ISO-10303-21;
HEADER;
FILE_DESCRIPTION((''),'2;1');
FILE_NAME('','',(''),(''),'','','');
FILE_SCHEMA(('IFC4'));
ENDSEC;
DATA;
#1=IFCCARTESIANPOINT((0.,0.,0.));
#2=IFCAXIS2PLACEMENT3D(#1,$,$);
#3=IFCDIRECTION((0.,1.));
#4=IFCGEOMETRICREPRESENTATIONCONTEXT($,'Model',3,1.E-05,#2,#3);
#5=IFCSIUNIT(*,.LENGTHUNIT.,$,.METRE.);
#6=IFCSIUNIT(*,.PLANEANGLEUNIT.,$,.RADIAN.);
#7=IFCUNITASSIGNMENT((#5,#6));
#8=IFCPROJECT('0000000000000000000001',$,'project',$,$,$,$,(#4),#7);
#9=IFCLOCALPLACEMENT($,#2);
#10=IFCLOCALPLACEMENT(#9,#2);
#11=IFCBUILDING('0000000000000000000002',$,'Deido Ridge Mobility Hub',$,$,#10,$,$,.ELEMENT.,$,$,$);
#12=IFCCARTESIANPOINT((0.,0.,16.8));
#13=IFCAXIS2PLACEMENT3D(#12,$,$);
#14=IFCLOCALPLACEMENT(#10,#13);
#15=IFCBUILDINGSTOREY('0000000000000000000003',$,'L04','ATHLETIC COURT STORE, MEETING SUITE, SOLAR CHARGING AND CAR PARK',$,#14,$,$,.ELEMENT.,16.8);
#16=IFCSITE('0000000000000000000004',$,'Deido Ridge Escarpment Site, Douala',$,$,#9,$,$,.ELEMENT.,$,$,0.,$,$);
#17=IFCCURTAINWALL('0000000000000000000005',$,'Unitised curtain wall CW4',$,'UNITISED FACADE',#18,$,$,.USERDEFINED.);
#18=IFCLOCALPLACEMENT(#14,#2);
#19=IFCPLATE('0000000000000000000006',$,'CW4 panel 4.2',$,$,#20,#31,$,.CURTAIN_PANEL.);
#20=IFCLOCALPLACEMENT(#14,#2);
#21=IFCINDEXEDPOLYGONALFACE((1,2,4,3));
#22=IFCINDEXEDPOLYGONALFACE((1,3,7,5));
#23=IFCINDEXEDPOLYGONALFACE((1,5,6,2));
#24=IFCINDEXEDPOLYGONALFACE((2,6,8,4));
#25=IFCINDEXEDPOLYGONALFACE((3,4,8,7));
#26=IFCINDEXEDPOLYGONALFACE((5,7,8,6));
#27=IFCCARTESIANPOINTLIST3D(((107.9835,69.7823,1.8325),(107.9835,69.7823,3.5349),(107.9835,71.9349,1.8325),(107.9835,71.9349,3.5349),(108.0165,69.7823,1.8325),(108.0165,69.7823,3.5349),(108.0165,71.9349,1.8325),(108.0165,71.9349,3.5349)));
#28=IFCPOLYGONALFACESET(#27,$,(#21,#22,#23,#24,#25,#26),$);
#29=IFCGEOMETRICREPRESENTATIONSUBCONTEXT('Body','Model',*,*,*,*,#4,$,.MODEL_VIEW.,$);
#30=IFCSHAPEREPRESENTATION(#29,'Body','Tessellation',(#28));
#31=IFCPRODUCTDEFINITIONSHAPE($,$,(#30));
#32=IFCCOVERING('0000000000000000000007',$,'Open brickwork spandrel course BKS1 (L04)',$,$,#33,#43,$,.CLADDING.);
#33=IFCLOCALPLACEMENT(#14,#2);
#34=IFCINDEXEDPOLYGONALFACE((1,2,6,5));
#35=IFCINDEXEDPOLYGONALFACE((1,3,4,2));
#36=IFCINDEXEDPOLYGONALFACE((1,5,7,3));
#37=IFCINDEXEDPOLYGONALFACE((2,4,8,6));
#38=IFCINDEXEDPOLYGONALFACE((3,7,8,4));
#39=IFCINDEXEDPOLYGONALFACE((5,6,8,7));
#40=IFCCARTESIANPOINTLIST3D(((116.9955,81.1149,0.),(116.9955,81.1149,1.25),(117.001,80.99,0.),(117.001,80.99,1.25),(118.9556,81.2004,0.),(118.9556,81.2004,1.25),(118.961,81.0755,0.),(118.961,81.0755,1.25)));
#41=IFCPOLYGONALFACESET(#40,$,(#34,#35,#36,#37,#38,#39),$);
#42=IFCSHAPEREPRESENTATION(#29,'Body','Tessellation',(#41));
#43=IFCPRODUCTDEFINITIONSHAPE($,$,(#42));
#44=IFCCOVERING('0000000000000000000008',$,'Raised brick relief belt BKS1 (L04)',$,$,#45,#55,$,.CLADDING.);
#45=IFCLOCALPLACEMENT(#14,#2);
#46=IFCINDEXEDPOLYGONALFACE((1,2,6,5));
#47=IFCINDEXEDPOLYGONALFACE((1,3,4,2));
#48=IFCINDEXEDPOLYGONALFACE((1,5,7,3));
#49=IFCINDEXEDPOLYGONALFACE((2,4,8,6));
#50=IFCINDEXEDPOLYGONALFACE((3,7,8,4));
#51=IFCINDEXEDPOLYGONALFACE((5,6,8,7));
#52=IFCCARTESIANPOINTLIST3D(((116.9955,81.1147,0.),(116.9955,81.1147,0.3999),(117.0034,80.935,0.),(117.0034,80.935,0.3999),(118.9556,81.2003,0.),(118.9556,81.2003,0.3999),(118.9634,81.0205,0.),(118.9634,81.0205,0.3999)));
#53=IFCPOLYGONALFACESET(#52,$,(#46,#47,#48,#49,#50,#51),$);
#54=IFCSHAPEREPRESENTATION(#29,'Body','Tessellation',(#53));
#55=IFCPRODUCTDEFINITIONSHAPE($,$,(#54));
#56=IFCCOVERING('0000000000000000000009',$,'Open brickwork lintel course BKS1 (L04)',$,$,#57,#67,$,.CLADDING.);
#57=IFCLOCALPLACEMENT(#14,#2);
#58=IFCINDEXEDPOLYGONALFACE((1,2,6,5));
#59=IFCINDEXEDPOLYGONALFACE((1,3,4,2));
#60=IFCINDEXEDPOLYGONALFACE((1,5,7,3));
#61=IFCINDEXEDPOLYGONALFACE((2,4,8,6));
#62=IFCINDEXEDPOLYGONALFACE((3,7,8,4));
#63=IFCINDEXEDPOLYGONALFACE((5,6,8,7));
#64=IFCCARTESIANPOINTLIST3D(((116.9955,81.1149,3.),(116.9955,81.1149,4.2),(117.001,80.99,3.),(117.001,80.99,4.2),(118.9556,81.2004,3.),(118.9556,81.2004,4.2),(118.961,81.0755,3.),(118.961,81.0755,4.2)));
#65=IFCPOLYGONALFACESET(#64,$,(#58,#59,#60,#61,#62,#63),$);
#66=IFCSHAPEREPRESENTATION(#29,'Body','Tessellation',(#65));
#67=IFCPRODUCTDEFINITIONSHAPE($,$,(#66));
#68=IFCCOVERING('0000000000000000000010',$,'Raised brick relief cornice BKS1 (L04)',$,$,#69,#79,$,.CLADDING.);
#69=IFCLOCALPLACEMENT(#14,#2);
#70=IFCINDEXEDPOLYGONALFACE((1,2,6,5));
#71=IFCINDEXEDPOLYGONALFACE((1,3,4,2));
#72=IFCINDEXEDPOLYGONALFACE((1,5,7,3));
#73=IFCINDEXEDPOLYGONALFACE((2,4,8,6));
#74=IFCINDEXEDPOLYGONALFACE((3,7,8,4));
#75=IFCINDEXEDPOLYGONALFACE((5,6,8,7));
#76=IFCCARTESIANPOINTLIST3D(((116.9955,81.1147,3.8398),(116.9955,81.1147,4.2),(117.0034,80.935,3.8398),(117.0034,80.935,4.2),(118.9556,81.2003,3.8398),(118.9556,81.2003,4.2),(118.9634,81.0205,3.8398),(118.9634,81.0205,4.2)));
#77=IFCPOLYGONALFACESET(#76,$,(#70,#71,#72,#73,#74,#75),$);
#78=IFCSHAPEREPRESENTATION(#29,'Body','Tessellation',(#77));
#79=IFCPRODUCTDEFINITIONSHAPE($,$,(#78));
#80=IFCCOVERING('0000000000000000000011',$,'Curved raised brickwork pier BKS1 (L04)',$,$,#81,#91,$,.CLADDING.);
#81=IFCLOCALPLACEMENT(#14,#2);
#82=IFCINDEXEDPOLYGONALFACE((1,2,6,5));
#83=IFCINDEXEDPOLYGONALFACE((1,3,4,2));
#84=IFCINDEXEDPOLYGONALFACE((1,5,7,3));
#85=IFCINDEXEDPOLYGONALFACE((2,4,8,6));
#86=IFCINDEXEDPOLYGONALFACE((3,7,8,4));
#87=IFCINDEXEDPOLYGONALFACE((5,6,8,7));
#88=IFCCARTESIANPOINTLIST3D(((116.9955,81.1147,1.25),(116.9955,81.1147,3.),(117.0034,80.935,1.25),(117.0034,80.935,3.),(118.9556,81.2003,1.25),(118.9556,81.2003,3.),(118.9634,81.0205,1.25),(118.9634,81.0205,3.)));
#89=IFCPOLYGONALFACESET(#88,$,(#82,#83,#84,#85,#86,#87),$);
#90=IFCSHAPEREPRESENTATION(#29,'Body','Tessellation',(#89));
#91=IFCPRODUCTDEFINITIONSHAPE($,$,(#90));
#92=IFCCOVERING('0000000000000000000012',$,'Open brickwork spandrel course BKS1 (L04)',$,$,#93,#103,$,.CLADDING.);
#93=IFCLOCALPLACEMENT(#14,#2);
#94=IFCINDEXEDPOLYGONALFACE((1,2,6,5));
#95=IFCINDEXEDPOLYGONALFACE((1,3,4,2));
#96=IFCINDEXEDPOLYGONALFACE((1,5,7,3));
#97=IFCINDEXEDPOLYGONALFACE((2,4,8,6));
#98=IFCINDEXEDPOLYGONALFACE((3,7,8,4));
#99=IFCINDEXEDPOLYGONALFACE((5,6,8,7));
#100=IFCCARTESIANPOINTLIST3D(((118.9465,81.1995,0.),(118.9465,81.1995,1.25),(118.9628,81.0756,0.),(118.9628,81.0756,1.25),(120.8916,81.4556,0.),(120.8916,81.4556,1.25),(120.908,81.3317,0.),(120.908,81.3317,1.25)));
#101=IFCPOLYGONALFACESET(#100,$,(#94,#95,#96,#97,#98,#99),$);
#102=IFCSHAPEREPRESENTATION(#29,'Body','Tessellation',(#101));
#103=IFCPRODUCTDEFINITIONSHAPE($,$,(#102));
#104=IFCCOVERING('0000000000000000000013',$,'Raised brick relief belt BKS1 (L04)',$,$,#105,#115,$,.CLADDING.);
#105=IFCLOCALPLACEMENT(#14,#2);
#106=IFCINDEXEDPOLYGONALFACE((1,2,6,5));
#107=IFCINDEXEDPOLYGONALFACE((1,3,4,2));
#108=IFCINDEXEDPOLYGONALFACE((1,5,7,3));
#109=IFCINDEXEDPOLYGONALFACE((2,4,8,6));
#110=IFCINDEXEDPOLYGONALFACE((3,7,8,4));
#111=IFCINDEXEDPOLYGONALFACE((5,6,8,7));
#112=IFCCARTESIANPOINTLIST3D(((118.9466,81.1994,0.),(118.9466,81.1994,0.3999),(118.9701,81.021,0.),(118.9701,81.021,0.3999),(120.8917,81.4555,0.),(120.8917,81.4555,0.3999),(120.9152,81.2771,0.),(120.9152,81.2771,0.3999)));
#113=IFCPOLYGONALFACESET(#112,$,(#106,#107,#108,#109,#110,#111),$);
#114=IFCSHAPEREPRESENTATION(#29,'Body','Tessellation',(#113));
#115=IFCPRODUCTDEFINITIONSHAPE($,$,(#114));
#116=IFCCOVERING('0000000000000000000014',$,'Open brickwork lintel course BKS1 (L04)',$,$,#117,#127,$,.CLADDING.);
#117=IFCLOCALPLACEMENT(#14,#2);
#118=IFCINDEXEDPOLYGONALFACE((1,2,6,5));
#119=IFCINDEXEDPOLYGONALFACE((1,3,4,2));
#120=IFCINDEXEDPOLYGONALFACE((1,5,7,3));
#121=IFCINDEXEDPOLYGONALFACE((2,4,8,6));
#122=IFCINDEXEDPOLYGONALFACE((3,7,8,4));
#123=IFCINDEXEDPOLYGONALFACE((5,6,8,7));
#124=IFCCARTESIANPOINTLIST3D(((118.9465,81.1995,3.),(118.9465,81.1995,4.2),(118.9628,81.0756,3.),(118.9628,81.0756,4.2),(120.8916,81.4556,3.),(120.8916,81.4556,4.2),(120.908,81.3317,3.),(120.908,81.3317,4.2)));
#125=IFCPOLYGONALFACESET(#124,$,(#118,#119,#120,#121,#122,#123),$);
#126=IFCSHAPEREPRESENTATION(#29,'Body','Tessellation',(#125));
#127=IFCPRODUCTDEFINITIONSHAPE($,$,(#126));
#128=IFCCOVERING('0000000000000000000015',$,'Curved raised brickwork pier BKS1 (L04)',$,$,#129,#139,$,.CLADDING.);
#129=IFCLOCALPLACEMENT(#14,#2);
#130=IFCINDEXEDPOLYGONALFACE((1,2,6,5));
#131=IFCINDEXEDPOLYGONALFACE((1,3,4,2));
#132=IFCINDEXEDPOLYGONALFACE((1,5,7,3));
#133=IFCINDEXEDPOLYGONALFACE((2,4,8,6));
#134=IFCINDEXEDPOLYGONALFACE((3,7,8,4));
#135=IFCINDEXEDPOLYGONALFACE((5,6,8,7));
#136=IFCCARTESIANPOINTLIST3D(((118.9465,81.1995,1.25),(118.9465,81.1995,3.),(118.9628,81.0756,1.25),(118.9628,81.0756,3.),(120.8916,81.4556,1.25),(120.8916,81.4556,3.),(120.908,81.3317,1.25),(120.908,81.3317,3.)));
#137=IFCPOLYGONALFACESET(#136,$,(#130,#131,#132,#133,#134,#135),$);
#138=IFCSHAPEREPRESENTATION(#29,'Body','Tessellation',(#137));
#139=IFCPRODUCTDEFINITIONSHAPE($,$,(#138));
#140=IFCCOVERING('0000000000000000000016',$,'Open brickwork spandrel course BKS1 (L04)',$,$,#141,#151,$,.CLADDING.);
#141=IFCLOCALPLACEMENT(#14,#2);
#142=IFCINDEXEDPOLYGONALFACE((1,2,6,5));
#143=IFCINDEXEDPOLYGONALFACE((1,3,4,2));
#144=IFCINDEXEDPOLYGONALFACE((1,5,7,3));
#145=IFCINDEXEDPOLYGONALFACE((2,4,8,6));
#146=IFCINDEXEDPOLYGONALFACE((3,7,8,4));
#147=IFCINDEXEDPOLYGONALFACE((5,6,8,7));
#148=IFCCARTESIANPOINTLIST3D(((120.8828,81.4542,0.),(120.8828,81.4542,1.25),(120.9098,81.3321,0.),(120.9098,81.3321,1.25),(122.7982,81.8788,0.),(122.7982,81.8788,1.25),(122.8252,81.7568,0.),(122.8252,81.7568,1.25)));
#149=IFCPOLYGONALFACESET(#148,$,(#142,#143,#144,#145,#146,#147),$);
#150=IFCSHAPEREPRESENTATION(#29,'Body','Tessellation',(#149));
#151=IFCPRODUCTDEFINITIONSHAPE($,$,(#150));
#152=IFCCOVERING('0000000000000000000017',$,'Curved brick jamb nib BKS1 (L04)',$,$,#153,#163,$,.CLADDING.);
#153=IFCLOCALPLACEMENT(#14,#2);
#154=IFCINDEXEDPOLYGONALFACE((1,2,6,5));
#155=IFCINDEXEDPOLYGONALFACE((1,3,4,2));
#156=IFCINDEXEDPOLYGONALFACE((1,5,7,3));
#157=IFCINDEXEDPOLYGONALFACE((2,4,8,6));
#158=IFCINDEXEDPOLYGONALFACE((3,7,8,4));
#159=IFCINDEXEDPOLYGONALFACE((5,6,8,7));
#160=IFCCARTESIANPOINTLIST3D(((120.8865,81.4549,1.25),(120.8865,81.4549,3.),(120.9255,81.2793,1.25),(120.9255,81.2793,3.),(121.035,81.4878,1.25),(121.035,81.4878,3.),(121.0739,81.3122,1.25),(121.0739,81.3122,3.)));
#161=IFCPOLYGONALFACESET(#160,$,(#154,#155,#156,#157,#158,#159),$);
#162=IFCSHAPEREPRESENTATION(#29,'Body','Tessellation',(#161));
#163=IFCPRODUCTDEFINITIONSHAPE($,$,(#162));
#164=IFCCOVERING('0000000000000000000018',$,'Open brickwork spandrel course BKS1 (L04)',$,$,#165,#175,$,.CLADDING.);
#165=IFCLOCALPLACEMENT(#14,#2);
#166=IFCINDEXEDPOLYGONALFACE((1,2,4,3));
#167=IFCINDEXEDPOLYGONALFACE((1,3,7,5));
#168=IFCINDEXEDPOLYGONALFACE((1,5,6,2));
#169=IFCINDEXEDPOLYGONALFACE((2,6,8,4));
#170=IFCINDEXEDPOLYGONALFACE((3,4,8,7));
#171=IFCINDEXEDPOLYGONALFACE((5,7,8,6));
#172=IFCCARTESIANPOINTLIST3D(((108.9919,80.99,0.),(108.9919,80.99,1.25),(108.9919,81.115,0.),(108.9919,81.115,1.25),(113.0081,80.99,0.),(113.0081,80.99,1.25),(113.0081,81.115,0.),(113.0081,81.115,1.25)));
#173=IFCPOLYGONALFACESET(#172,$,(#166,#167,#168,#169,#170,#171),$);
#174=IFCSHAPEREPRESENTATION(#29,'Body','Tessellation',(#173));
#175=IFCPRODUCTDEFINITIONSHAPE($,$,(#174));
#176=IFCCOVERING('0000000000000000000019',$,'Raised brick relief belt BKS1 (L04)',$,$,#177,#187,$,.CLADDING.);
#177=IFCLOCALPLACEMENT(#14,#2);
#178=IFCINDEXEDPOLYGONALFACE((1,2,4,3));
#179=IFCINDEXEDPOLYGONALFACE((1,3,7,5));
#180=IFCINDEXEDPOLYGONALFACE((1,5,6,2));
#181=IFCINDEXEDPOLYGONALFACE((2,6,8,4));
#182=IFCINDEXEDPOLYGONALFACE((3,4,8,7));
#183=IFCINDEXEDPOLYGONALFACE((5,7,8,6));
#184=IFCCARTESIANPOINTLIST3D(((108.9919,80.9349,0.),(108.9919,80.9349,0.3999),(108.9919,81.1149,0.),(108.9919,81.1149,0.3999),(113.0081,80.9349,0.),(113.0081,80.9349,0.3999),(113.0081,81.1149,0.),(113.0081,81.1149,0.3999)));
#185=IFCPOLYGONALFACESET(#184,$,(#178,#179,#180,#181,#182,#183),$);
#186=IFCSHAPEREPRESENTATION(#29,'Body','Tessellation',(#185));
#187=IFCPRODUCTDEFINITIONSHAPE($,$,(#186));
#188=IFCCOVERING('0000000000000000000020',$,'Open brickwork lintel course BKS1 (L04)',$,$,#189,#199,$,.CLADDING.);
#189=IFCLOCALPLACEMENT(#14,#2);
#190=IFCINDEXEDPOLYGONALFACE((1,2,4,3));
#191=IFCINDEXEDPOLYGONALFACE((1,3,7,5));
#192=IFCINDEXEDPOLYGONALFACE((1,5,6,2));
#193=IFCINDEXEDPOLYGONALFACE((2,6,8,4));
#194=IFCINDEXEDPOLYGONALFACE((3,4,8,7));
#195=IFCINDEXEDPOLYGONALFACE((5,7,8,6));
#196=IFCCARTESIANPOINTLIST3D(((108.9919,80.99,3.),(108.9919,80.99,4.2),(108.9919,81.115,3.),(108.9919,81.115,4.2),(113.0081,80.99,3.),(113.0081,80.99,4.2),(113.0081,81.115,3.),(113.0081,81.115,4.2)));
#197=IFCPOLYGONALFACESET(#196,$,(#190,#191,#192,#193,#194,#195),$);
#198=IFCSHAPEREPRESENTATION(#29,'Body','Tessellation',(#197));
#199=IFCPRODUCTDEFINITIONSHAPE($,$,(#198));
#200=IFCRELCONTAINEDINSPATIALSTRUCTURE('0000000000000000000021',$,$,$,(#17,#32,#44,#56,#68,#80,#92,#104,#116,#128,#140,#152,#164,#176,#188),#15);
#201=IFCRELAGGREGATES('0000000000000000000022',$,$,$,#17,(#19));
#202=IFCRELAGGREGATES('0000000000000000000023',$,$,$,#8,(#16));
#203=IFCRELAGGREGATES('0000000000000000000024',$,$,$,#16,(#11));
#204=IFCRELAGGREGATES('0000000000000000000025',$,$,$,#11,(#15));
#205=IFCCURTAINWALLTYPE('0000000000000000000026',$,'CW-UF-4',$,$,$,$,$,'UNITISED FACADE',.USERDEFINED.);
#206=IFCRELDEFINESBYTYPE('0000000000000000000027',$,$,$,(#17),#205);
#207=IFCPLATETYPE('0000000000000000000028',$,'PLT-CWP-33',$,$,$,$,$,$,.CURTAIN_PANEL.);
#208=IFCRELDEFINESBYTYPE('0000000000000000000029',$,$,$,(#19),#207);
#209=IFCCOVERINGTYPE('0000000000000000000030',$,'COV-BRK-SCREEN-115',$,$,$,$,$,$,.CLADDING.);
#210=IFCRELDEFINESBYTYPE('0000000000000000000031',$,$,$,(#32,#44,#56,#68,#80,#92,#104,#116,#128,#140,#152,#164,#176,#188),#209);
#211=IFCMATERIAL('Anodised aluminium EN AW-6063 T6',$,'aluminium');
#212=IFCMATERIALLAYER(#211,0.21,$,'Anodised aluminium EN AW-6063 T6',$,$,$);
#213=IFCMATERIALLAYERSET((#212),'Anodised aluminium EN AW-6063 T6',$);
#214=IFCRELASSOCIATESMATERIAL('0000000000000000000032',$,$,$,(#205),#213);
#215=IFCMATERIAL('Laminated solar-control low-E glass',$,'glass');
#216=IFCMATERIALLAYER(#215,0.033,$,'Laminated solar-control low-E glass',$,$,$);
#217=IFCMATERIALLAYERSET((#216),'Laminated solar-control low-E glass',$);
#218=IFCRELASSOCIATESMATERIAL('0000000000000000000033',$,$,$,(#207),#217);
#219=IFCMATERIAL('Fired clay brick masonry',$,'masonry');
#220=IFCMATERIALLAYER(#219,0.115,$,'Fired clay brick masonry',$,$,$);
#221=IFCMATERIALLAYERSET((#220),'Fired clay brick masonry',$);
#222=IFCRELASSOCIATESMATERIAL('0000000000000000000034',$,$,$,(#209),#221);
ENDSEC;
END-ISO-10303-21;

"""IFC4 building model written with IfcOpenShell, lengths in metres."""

from ifc_helpers import new_model, si_unit, direction, frame, origin, origin_2d, place, context, subcontext, project, spatial, rectangle, extrude, material, layer, layer_set, type_object, element, aggregate, save


model = new_model("IFC4")

# Units and contexts
model_context = context("Model", 3, precision=1e-05, world=origin(), true_north=direction((0.0, 1.0)))
body_context = subcontext(model_context, "Body", "Model", "MODEL_VIEW")
ifc_project = project(units=[si_unit("LENGTHUNIT", "METRE"), si_unit("PLANEANGLEUNIT", "RADIAN")], contexts=[model_context])

# Site, building, storey
site_placement = place(None, origin())
site = spatial("IfcSite", under=ifc_project, at=site_placement, Name="Deido Ridge Escarpment Site, Douala", CompositionType="ELEMENT", RefElevation=0.0)
building_placement = place(site_placement, origin())
building = spatial("IfcBuilding", under=site, at=building_placement, Name="Deido Ridge Mobility Hub", CompositionType="ELEMENT")
storey_placement = place(building_placement, frame((0.0, 0.0, 16.8)))
storey = spatial("IfcBuildingStorey", under=building, at=storey_placement, Name="L04", Description="ATHLETIC COURT STORE, MEETING SUITE, SOLAR CHARGING AND CAR PARK", CompositionType="ELEMENT", Elevation=16.8)

# Curtain wall, plate
ifc_material_1 = material(Name="Anodised aluminium EN AW-6063 T6", Category="aluminium")
ifc_layer_1 = layer(ifc_material_1, 0.21, Name="Anodised aluminium EN AW-6063 T6")
ifc_layer_set_1 = layer_set([ifc_layer_1], Name="Anodised aluminium EN AW-6063 T6")
curtain_wall_type = type_object("IfcCurtainWallType", Name="CW-UF-4", ElementType="UNITISED FACADE", PredefinedType="USERDEFINED", material=ifc_layer_set_1)
curtain_wall_placement = place(storey_placement, origin())
curtain_wall = element("IfcCurtainWall", 1, at=curtain_wall_placement, inside=storey, type_object=curtain_wall_type, Name="Unitised curtain wall CW4", ObjectType="UNITISED FACADE", PredefinedType="USERDEFINED")
ifc_material_2 = material(Name="Laminated solar-control low-E glass", Category="glass")
ifc_layer_2 = layer(ifc_material_2, 0.033, Name="Laminated solar-control low-E glass")
ifc_layer_set_2 = layer_set([ifc_layer_2], Name="Laminated solar-control low-E glass")
plate_type = type_object("IfcPlateType", Name="PLT-CWP-33", PredefinedType="CURTAIN_PANEL", material=ifc_layer_set_2)
plate_placement = place(storey_placement, frame((108.0, 70.8586, 1.8325), z_axis=(0.0, 0.0, 1.0), x_axis=(0.0, 1.0, 0.0)))
plate = element("IfcPlate", 2, at=plate_placement, type_object=plate_type, Name="CW4 panel 4.2", PredefinedType="CURTAIN_PANEL", context=body_context, shape_type="SweptSolid", body=[
    extrude(rectangle(XDim=2.1526, YDim=0.033, at=origin_2d()), origin(), (0.0, 0.0, 1.0), 1.7024),
])
aggregate(curtain_wall, [plate])

# Coverings
ifc_material_3 = material(Name="Fired clay brick masonry", Category="masonry")
ifc_layer_3 = layer(ifc_material_3, 0.115, Name="Fired clay brick masonry")
ifc_layer_set_3 = layer_set([ifc_layer_3], Name="Fired clay brick masonry")
covering_type = type_object("IfcCoveringType", Name="COV-BRK-SCREEN-115", PredefinedType="CLADDING", material=ifc_layer_set_3)
covering_1_placement = place(storey_placement, frame((117.9783, 81.0952, 0.0), z_axis=(0.0, 0.0, 1.0), x_axis=(0.999049, 0.043602, 0.0)))
element("IfcCovering", 3, at=covering_1_placement, inside=storey, type_object=covering_type, Name="Open brickwork spandrel course BKS1 (L04)", PredefinedType="CLADDING", context=body_context, shape_type="SweptSolid", body=[
    extrude(rectangle(XDim=1.9619, YDim=0.125, at=origin_2d()), origin(), (0.0, 0.0, 1.0), 1.25),
])
covering_2_placement = place(storey_placement, frame((117.9795, 81.0676, 0.0), z_axis=(0.0, 0.0, 1.0), x_axis=(0.999049, 0.043602, 0.0)))
element("IfcCovering", 4, at=covering_2_placement, inside=storey, type_object=covering_type, Name="Raised brick relief belt BKS1 (L04)", PredefinedType="CLADDING", context=body_context, shape_type="SweptSolid", body=[
    extrude(rectangle(XDim=1.9619, YDim=0.1799, at=origin_2d()), origin(), (0.0, 0.0, 1.0), 0.3999),
])
covering_3_placement = place(storey_placement, frame((117.9783, 81.0952, 3.0), z_axis=(0.0, 0.0, 1.0), x_axis=(0.999049, 0.043602, 0.0)))
element("IfcCovering", 5, at=covering_3_placement, inside=storey, type_object=covering_type, Name="Open brickwork lintel course BKS1 (L04)", PredefinedType="CLADDING", context=body_context, shape_type="SweptSolid", body=[
    extrude(rectangle(XDim=1.9619, YDim=0.125, at=origin_2d()), origin(), (0.0, 0.0, 1.0), 1.2),
])
covering_4_placement = place(storey_placement, frame((117.9795, 81.0676, 3.8398), z_axis=(0.0, 0.0, 1.0), x_axis=(0.999049, 0.043602, 0.0)))
element("IfcCovering", 6, at=covering_4_placement, inside=storey, type_object=covering_type, Name="Raised brick relief cornice BKS1 (L04)", PredefinedType="CLADDING", context=body_context, shape_type="SweptSolid", body=[
    extrude(rectangle(XDim=1.9619, YDim=0.1799, at=origin_2d()), origin(), (0.0, 0.0, 1.0), 0.3601),
])
covering_5_placement = place(storey_placement, frame((117.9795, 81.0676, 1.25), z_axis=(0.0, 0.0, 1.0), x_axis=(0.999049, 0.043602, 0.0)))
element("IfcCovering", 7, at=covering_5_placement, inside=storey, type_object=covering_type, Name="Curved raised brickwork pier BKS1 (L04)", PredefinedType="CLADDING", context=body_context, shape_type="SweptSolid", body=[
    extrude(rectangle(XDim=1.9619, YDim=0.1799, at=origin_2d()), origin(), (0.0, 0.0, 1.0), 1.75),
])
covering_6_placement = place(storey_placement, frame((119.9272, 81.2656, 0.0), z_axis=(0.0, 0.0, 1.0), x_axis=(0.991443, 0.130543, 0.0)))
element("IfcCovering", 8, at=covering_6_placement, inside=storey, type_object=covering_type, Name="Open brickwork spandrel course BKS1 (L04)", PredefinedType="CLADDING", context=body_context, shape_type="SweptSolid", body=[
    extrude(rectangle(XDim=1.9619, YDim=0.125, at=origin_2d()), origin(), (0.0, 0.0, 1.0), 1.25),
])
covering_7_placement = place(storey_placement, frame((119.9309, 81.2383, 0.0), z_axis=(0.0, 0.0, 1.0), x_axis=(0.991443, 0.130543, 0.0)))
element("IfcCovering", 9, at=covering_7_placement, inside=storey, type_object=covering_type, Name="Raised brick relief belt BKS1 (L04)", PredefinedType="CLADDING", context=body_context, shape_type="SweptSolid", body=[
    extrude(rectangle(XDim=1.9619, YDim=0.1799, at=origin_2d()), origin(), (0.0, 0.0, 1.0), 0.3999),
])
covering_8_placement = place(storey_placement, frame((119.9272, 81.2656, 3.0), z_axis=(0.0, 0.0, 1.0), x_axis=(0.991443, 0.130543, 0.0)))
element("IfcCovering", 10, at=covering_8_placement, inside=storey, type_object=covering_type, Name="Open brickwork lintel course BKS1 (L04)", PredefinedType="CLADDING", context=body_context, shape_type="SweptSolid", body=[
    extrude(rectangle(XDim=1.9619, YDim=0.125, at=origin_2d()), origin(), (0.0, 0.0, 1.0), 1.2),
])
covering_9_placement = place(storey_placement, frame((119.9272, 81.2656, 1.25), z_axis=(0.0, 0.0, 1.0), x_axis=(0.991443, 0.130543, 0.0)))
element("IfcCovering", 11, at=covering_9_placement, inside=storey, type_object=covering_type, Name="Curved raised brickwork pier BKS1 (L04)", PredefinedType="CLADDING", context=body_context, shape_type="SweptSolid", body=[
    extrude(rectangle(XDim=1.9619, YDim=0.125, at=origin_2d()), origin(), (0.0, 0.0, 1.0), 1.75),
])
covering_10_placement = place(storey_placement, frame((121.854, 81.6055, 0.0), z_axis=(0.0, 0.0, 1.0), x_axis=(0.976292, 0.216457, 0.0)))
element("IfcCovering", 12, at=covering_10_placement, inside=storey, type_object=covering_type, Name="Open brickwork spandrel course BKS1 (L04)", PredefinedType="CLADDING", context=body_context, shape_type="SweptSolid", body=[
    extrude(rectangle(XDim=1.9619, YDim=0.125, at=origin_2d()), origin(), (0.0, 0.0, 1.0), 1.25),
])
covering_11_placement = place(storey_placement, frame((120.9802, 81.3835, 1.25), z_axis=(0.0, 0.0, 1.0), x_axis=(0.976292, 0.216457, 0.0)))
element("IfcCovering", 13, at=covering_11_placement, inside=storey, type_object=covering_type, Name="Curved brick jamb nib BKS1 (L04)", PredefinedType="CLADDING", context=body_context, shape_type="SweptSolid", body=[
    extrude(rectangle(XDim=0.1521, YDim=0.1799, at=origin_2d()), origin(), (0.0, 0.0, 1.0), 1.75),
])
covering_12_placement = place(storey_placement, frame((111.0, 81.0525, 0.0), z_axis=(0.0, 0.0, 1.0), x_axis=(1.0, 0.0, 0.0)))
element("IfcCovering", 14, at=covering_12_placement, inside=storey, type_object=covering_type, Name="Open brickwork spandrel course BKS1 (L04)", PredefinedType="CLADDING", context=body_context, shape_type="SweptSolid", body=[
    extrude(rectangle(XDim=4.0161, YDim=0.125, at=origin_2d()), origin(), (0.0, 0.0, 1.0), 1.25),
])
covering_13_placement = place(storey_placement, frame((111.0, 81.0249, 0.0), z_axis=(0.0, 0.0, 1.0), x_axis=(1.0, 0.0, 0.0)))
element("IfcCovering", 15, at=covering_13_placement, inside=storey, type_object=covering_type, Name="Raised brick relief belt BKS1 (L04)", PredefinedType="CLADDING", context=body_context, shape_type="SweptSolid", body=[
    extrude(rectangle(XDim=4.0161, YDim=0.1799, at=origin_2d()), origin(), (0.0, 0.0, 1.0), 0.3999),
])
covering_14_placement = place(storey_placement, frame((111.0, 81.0525, 3.0), z_axis=(0.0, 0.0, 1.0), x_axis=(1.0, 0.0, 0.0)))
element("IfcCovering", 16, at=covering_14_placement, inside=storey, type_object=covering_type, Name="Open brickwork lintel course BKS1 (L04)", PredefinedType="CLADDING", context=body_context, shape_type="SweptSolid", body=[
    extrude(rectangle(XDim=4.0161, YDim=0.125, at=origin_2d()), origin(), (0.0, 0.0, 1.0), 1.2),
])

save(model, "model.ifc")
